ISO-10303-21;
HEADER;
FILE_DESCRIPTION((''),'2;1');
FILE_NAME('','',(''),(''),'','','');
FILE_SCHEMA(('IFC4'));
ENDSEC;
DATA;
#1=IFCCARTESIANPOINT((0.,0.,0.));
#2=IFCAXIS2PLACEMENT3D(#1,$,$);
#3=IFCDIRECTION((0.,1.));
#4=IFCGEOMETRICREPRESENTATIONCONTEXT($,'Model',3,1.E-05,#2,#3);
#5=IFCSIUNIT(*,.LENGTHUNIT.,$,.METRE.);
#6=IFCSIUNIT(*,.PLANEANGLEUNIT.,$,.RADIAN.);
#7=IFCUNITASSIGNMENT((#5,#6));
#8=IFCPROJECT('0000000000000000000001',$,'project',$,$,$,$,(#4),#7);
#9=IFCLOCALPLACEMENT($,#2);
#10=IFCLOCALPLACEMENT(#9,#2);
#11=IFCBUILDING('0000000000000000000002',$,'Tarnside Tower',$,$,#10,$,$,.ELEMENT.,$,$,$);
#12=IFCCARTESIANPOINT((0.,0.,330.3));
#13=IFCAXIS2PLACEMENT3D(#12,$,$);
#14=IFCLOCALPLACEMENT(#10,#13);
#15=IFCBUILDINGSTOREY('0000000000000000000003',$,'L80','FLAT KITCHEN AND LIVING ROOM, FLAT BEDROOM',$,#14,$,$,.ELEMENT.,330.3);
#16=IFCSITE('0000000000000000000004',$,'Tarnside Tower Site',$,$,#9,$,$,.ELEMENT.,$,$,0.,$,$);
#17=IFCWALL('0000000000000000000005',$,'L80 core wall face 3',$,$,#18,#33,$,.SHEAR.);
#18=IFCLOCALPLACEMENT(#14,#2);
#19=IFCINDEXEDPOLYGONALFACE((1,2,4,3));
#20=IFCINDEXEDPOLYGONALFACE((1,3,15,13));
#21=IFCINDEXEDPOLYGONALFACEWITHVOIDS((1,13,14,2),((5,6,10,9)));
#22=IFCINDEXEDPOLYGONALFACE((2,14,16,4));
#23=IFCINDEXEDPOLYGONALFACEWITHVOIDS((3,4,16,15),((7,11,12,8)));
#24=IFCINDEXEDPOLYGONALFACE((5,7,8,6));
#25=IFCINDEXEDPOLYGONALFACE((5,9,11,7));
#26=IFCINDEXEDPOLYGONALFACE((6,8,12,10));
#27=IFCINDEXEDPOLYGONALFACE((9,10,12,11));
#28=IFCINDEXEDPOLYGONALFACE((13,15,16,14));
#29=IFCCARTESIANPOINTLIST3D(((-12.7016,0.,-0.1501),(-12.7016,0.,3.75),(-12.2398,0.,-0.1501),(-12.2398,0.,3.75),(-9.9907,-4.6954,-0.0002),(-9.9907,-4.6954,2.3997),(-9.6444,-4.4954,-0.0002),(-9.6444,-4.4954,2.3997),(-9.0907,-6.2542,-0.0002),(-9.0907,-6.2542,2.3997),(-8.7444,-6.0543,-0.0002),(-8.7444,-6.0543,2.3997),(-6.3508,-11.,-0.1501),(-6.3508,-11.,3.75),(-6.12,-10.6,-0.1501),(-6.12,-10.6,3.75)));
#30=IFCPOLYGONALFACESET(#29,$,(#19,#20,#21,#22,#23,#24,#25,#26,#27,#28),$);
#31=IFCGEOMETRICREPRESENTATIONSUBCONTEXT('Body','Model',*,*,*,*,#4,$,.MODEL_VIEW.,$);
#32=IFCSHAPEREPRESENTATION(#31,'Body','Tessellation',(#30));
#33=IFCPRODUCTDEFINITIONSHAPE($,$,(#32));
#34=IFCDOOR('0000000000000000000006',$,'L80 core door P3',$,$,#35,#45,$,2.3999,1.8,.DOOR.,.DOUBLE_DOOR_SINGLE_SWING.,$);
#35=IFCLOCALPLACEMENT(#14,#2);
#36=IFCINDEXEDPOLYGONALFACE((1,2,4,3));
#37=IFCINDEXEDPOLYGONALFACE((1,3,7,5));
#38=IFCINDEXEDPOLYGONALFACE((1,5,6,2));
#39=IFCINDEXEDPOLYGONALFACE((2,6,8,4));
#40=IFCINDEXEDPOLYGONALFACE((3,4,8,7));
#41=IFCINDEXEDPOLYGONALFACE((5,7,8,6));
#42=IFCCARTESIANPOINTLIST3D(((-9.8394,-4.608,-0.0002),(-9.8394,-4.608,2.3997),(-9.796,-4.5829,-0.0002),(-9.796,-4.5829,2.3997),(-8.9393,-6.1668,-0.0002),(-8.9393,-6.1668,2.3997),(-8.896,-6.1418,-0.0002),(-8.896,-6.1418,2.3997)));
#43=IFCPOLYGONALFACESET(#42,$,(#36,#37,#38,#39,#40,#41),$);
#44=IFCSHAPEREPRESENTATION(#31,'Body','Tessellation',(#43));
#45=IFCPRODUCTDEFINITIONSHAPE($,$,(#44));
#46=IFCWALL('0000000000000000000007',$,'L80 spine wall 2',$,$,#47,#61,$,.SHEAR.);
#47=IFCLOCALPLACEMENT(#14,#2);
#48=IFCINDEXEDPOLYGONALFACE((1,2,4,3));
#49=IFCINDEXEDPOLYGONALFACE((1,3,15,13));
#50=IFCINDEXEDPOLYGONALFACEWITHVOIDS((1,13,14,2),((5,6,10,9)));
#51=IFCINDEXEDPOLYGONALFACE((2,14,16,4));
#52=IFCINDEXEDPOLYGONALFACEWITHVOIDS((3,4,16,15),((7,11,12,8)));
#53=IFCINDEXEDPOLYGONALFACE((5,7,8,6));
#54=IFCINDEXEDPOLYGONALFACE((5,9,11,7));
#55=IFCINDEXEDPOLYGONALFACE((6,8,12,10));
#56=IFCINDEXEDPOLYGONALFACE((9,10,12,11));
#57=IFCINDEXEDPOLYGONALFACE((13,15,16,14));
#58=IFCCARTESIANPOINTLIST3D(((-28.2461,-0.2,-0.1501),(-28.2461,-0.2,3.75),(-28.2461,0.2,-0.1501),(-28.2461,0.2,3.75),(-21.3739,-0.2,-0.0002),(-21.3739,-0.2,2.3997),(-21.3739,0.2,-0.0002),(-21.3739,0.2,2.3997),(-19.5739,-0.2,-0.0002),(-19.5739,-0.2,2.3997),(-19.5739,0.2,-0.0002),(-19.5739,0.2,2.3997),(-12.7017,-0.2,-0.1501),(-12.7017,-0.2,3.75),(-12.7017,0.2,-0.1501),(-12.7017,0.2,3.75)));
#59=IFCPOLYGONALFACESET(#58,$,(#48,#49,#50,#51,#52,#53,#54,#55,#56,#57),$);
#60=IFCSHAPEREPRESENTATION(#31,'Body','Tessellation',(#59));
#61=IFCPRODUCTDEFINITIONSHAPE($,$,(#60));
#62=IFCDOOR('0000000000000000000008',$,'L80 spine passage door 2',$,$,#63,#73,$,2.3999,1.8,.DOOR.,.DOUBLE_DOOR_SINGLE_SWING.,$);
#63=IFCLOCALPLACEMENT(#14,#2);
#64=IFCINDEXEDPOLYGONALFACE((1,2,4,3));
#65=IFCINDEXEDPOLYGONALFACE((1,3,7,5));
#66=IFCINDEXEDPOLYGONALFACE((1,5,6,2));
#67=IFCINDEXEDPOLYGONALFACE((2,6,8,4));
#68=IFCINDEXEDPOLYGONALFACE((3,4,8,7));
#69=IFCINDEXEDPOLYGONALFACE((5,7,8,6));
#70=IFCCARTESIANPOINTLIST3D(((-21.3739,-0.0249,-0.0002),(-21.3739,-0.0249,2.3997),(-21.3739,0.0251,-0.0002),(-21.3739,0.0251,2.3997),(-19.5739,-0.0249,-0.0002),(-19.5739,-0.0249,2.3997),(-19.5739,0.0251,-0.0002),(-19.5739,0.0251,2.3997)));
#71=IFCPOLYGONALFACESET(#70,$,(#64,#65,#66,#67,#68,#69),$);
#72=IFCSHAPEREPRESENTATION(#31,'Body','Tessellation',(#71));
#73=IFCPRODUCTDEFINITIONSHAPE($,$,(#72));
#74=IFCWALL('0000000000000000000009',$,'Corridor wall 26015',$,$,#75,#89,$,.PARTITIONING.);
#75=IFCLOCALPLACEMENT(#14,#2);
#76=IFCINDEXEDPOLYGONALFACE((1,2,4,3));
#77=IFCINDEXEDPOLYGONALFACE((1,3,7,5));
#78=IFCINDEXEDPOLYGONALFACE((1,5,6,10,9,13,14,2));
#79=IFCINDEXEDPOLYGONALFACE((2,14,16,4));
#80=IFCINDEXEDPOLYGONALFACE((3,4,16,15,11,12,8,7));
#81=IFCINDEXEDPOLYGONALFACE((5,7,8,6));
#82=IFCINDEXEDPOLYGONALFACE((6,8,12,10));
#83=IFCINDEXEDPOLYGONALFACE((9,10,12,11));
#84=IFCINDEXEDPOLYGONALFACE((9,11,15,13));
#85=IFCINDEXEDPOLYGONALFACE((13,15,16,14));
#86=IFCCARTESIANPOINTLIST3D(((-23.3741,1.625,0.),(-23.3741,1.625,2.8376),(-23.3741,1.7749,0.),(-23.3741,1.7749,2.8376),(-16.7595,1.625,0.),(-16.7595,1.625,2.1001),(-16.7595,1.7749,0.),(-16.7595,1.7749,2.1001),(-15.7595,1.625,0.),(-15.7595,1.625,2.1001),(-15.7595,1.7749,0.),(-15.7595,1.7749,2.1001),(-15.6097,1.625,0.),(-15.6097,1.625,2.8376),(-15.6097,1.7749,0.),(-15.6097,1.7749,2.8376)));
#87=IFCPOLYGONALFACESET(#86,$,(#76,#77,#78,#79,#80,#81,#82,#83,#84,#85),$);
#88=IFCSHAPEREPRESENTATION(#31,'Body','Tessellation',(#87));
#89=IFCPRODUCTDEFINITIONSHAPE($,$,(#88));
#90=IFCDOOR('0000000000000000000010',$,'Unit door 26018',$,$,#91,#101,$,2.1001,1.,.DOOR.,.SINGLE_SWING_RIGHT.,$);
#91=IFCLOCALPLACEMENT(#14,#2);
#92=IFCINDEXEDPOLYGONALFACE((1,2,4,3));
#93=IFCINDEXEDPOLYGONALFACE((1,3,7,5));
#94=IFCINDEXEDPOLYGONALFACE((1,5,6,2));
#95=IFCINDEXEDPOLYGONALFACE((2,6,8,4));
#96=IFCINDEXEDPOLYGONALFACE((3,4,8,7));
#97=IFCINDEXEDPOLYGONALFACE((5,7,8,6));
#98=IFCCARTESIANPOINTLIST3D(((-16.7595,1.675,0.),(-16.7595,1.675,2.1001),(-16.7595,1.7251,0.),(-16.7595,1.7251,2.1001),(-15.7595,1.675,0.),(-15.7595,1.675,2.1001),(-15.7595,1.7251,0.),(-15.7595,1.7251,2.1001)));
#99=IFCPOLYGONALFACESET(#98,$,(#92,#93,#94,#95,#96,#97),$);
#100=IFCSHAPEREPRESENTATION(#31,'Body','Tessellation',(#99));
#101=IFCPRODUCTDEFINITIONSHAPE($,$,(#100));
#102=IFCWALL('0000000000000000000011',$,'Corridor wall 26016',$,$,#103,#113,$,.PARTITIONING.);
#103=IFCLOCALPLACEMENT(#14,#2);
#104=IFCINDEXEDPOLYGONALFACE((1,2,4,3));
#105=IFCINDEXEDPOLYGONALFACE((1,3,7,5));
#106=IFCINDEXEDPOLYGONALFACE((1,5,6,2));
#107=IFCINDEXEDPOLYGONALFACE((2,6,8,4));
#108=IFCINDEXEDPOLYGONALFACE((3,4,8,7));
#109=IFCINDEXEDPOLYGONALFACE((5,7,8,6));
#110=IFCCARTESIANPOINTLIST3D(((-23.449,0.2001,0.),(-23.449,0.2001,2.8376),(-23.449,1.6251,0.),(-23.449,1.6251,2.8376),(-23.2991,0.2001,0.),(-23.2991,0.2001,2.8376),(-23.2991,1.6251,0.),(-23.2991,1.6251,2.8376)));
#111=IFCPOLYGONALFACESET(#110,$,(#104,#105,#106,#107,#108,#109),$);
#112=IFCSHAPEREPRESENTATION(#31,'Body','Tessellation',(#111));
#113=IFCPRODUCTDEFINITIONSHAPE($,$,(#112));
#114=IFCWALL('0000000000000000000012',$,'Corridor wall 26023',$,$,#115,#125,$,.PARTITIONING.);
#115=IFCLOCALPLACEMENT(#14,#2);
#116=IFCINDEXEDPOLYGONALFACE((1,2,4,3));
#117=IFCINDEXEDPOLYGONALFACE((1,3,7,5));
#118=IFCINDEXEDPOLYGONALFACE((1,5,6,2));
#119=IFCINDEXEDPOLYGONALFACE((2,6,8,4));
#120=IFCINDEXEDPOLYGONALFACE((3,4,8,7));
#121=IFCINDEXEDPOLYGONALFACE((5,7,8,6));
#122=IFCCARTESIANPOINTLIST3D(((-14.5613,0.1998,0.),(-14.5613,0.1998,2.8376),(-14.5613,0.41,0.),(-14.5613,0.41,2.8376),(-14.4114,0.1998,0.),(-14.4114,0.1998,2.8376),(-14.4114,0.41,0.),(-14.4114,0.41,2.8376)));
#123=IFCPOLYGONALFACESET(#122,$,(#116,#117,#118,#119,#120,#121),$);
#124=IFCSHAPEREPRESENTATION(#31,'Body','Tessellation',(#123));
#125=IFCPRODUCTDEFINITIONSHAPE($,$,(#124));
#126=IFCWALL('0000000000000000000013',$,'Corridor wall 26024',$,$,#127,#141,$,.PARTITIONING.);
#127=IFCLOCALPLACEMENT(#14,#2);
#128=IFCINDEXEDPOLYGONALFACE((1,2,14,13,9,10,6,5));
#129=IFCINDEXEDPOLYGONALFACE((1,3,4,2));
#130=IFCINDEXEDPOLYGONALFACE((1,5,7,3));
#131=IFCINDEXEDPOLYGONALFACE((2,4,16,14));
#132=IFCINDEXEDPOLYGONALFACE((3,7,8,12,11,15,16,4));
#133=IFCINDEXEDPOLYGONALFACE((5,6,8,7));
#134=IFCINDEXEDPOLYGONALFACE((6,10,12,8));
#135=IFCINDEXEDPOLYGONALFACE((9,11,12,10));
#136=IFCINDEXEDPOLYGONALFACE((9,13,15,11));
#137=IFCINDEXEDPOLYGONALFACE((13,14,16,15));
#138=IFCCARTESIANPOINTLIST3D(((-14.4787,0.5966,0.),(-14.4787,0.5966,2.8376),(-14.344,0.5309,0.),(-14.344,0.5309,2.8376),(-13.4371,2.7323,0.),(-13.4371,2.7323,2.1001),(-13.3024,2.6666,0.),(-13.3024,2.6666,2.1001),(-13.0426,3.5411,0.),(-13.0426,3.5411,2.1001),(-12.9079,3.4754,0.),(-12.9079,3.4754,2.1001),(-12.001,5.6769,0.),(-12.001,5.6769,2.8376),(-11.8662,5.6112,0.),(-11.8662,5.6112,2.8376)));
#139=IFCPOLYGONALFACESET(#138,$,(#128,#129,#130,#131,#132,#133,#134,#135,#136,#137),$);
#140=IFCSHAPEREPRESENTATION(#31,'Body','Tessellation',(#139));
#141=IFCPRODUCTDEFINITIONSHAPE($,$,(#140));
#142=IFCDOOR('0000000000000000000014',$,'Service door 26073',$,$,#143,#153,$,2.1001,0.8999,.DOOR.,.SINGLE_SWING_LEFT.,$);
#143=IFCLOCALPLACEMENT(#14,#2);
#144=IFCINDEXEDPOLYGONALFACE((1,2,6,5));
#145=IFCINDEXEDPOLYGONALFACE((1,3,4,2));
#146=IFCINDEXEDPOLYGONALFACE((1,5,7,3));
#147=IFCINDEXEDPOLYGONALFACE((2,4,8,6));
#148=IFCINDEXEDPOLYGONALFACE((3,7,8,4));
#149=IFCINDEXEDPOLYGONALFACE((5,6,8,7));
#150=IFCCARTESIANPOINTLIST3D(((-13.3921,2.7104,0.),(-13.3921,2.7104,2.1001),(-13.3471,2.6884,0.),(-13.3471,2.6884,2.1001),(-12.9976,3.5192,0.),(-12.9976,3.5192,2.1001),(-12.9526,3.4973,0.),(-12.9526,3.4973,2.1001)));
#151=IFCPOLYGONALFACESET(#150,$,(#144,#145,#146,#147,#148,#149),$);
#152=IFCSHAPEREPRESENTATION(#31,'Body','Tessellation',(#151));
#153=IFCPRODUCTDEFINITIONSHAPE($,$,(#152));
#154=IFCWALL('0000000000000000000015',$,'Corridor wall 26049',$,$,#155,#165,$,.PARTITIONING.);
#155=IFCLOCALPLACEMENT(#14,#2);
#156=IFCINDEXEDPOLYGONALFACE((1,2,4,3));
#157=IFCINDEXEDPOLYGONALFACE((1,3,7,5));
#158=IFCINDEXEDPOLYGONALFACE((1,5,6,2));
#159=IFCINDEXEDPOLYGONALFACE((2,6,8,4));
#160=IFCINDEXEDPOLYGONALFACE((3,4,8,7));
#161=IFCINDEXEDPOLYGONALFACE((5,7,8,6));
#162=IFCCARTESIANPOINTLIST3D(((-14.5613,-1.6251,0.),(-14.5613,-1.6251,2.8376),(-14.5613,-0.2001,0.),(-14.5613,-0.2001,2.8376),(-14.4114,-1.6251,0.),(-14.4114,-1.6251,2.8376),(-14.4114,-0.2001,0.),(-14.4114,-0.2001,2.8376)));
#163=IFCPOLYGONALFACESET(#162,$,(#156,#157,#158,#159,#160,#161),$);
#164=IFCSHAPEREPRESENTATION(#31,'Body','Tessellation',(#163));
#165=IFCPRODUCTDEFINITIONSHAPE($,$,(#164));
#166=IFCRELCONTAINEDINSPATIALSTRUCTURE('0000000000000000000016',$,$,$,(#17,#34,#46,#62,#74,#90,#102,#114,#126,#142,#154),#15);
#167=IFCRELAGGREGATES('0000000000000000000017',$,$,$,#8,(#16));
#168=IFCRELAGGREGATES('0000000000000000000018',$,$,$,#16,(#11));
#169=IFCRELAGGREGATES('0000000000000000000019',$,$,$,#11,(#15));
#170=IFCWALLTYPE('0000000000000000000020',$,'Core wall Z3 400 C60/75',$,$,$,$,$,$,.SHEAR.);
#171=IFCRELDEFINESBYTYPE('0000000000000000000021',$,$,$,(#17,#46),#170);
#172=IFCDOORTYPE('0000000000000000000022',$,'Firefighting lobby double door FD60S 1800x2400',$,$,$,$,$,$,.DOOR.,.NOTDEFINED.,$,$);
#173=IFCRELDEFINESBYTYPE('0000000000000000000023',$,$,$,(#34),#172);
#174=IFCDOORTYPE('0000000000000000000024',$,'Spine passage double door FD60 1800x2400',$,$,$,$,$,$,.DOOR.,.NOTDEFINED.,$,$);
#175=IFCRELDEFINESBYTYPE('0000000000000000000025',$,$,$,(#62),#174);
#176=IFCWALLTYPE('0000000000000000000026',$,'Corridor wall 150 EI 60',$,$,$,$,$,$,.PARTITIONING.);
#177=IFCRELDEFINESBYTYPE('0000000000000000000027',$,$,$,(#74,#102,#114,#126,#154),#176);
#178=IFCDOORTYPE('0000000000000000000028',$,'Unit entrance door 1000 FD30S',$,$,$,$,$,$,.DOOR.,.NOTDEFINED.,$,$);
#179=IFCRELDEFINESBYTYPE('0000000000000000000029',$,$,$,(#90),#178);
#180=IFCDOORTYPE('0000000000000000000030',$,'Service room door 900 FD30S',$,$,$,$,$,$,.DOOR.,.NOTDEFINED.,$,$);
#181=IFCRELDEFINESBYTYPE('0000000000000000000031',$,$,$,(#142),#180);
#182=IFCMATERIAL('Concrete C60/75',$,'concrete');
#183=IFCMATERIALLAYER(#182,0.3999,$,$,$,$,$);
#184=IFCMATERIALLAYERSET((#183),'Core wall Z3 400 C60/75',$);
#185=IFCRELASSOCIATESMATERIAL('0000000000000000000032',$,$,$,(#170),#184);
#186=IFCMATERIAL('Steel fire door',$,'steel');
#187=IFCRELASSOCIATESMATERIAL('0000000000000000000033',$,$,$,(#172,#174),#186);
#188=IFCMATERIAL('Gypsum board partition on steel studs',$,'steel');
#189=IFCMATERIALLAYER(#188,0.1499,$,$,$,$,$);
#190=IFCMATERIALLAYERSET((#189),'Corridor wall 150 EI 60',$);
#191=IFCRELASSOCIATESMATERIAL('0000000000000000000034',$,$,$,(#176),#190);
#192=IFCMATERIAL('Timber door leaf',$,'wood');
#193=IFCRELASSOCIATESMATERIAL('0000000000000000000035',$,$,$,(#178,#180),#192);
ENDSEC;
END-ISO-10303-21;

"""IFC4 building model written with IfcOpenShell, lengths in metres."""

from ifc_helpers import new_model, si_unit, direction, frame, frame_2d, origin, place, context, subcontext, project, spatial, polyline, rectangle, outline, extrude, material, layer, layer_set, type_object, element, fill, save


model = new_model("IFC4")

# Units and contexts
model_context = context("Model", 3, precision=1e-05, world=origin(), true_north=direction((0.0, 1.0)))
body_context = subcontext(model_context, "Body", "Model", "MODEL_VIEW")
ifc_project = project(units=[si_unit("LENGTHUNIT", "METRE"), si_unit("PLANEANGLEUNIT", "RADIAN")], contexts=[model_context])

# Site, building, storey
site_placement = place(None, origin())
site = spatial("IfcSite", under=ifc_project, at=site_placement, Name="Tarnside Tower Site", CompositionType="ELEMENT", RefElevation=0.0)
building_placement = place(site_placement, origin())
building = spatial("IfcBuilding", under=site, at=building_placement, Name="Tarnside Tower", CompositionType="ELEMENT")
storey_placement = place(building_placement, frame((0.0, 0.0, 330.3)))
storey = spatial("IfcBuildingStorey", under=building, at=storey_placement, Name="L80", Description="FLAT KITCHEN AND LIVING ROOM, FLAT BEDROOM", CompositionType="ELEMENT", Elevation=330.3)

# Walls, openings, doors
ifc_material_1 = material(Name="Concrete C60/75", Category="concrete")
ifc_layer_1 = layer(ifc_material_1, 0.3999)
ifc_layer_set_1 = layer_set([ifc_layer_1], Name="Core wall Z3 400 C60/75")
wall_type_1 = type_object("IfcWallType", Name="Core wall Z3 400 C60/75", PredefinedType="SHEAR", material=ifc_layer_set_1)
wall_1_placement = place(storey_placement, frame((-12.4707, 0.0, -0.1501), z_axis=(0.0, 0.0, 1.0), x_axis=(0.499996, -0.866027, 0.0)))
wall_1 = element("IfcWall", 1, at=wall_1_placement, inside=storey, type_object=wall_type_1, Name="L80 core wall face 3", PredefinedType="SHEAR", context=body_context, shape_type="SweptSolid", body=[
    extrude(outline(polyline([(-0.1155, -0.2), (12.5862, -0.2), (12.3552, 0.2), (0.1155, 0.2), (-0.1155, -0.2)])), origin(), (0.0, 0.0, 1.0), 3.9001),
])
opening_1_placement = place(wall_1_placement, frame((5.3064, 0.0, 0.1499)))
opening_1 = element("IfcOpeningElement", 2, at=opening_1_placement, cuts=wall_1, PredefinedType="OPENING", context=body_context, shape_type="SweptSolid", body=[
    extrude(rectangle(XDim=1.8, YDim=2.3999, at=frame_2d((0.8999, 1.2))), frame((0.0, 0.21, 0.0), z_axis=(0.0, -1.0, 0.0), x_axis=(1.0, 0.0, 0.0)), (0.0, 0.0, 1.0), 0.4199),
])
ifc_material_2 = material(Name="Steel fire door", Category="steel")
door_type_1 = type_object("IfcDoorType", Name="Firefighting lobby double door FD60S 1800x2400", OperationType="NOTDEFINED", PredefinedType="DOOR", material=ifc_material_2)
door_1_placement = place(opening_1_placement, origin())
door_1 = element("IfcDoor", 3, at=door_1_placement, inside=storey, type_object=door_type_1, Name="L80 core door P3", OperationType="DOUBLE_DOOR_SINGLE_SWING", OverallHeight=2.3999, OverallWidth=1.8, PredefinedType="DOOR", context=body_context, shape_type="SweptSolid", body=[
    extrude(rectangle(XDim=1.8, YDim=2.3999, at=frame_2d((0.8999, 1.2))), frame((0.0, 0.0249, 0.0), z_axis=(0.0, -1.0, 0.0), x_axis=(1.0, 0.0, 0.0)), (0.0, 0.0, 1.0), 0.05),
])
fill(opening_1, door_1)
wall_2_placement = place(storey_placement, frame((-12.7017, 0.0, -0.1501), z_axis=(0.0, 0.0, 1.0), x_axis=(-1.0, 0.0, 0.0)))
wall_2 = element("IfcWall", 4, at=wall_2_placement, inside=storey, type_object=wall_type_1, Name="L80 spine wall 2", PredefinedType="SHEAR", context=body_context, shape_type="SweptSolid", body=[
    extrude(rectangle(XDim=15.5444, YDim=0.3999, at=frame_2d((7.7722, 0.0))), origin(), (0.0, 0.0, 1.0), 3.9001),
])
opening_2_placement = place(wall_2_placement, frame((6.8723, 0.0, 0.1499)))
opening_2 = element("IfcOpeningElement", 5, at=opening_2_placement, cuts=wall_2, PredefinedType="OPENING", context=body_context, shape_type="SweptSolid", body=[
    extrude(rectangle(XDim=1.8, YDim=2.3999, at=frame_2d((0.8999, 1.2))), frame((0.0, 0.21, 0.0), z_axis=(0.0, -1.0, 0.0), x_axis=(1.0, 0.0, 0.0)), (0.0, 0.0, 1.0), 0.4199),
])
door_type_2 = type_object("IfcDoorType", Name="Spine passage double door FD60 1800x2400", OperationType="NOTDEFINED", PredefinedType="DOOR", material=ifc_material_2)
door_2_placement = place(opening_2_placement, origin())
door_2 = element("IfcDoor", 6, at=door_2_placement, inside=storey, type_object=door_type_2, Name="L80 spine passage door 2", OperationType="DOUBLE_DOOR_SINGLE_SWING", OverallHeight=2.3999, OverallWidth=1.8, PredefinedType="DOOR", context=body_context, shape_type="SweptSolid", body=[
    extrude(rectangle(XDim=1.8, YDim=2.3999, at=frame_2d((0.8999, 1.2))), frame((0.0, 0.0249, 0.0), z_axis=(0.0, -1.0, 0.0), x_axis=(1.0, 0.0, 0.0)), (0.0, 0.0, 1.0), 0.05),
])
fill(opening_2, door_2)
ifc_material_3 = material(Name="Gypsum board partition on steel studs", Category="steel")
ifc_layer_2 = layer(ifc_material_3, 0.1499)
ifc_layer_set_2 = layer_set([ifc_layer_2], Name="Corridor wall 150 EI 60")
wall_type_2 = type_object("IfcWallType", Name="Corridor wall 150 EI 60", PredefinedType="PARTITIONING", material=ifc_layer_set_2)
wall_3_placement = place(storey_placement, frame((-15.6096, 1.7, 0.0), z_axis=(0.0, 0.0, 1.0), x_axis=(-1.0, 0.0, 0.0)))
wall_3 = element("IfcWall", 7, at=wall_3_placement, inside=storey, type_object=wall_type_2, Name="Corridor wall 26015", PredefinedType="PARTITIONING", context=body_context, shape_type="SweptSolid", body=[
    extrude(rectangle(XDim=7.7644, YDim=0.1499, at=frame_2d((3.8823, 0.0))), origin(), (0.0, 0.0, 1.0), 2.8376),
])
opening_3_placement = place(wall_3_placement, frame((0.1499, 0.0, 0.0)))
opening_3 = element("IfcOpeningElement", 8, at=opening_3_placement, cuts=wall_3, PredefinedType="OPENING", context=body_context, shape_type="SweptSolid", body=[
    extrude(rectangle(XDim=1.0, YDim=2.1001, at=frame_2d((0.5, 1.05))), frame((0.0, 0.085, 0.0), z_axis=(0.0, -1.0, 0.0), x_axis=(1.0, 0.0, 0.0)), (0.0, 0.0, 1.0), 0.1699),
])
ifc_material_4 = material(Name="Timber door leaf", Category="wood")
door_type_3 = type_object("IfcDoorType", Name="Unit entrance door 1000 FD30S", OperationType="NOTDEFINED", PredefinedType="DOOR", material=ifc_material_4)
door_3_placement = place(opening_3_placement, origin())
door_3 = element("IfcDoor", 9, at=door_3_placement, inside=storey, type_object=door_type_3, Name="Unit door 26018", OperationType="SINGLE_SWING_RIGHT", OverallHeight=2.1001, OverallWidth=1.0, PredefinedType="DOOR", context=body_context, shape_type="SweptSolid", body=[
    extrude(rectangle(XDim=1.0, YDim=2.1001, at=frame_2d((0.5, 1.05))), frame((0.0, 0.0249, 0.0), z_axis=(0.0, -1.0, 0.0), x_axis=(1.0, 0.0, 0.0)), (0.0, 0.0, 1.0), 0.05),
])
fill(opening_3, door_3)

# Walls
wall_4_placement = place(storey_placement, frame((-23.374, 1.625, 0.0), z_axis=(0.0, 0.0, 1.0), x_axis=(0.0, -1.0, 0.0)))
element("IfcWall", 10, at=wall_4_placement, inside=storey, type_object=wall_type_2, Name="Corridor wall 26016", PredefinedType="PARTITIONING", context=body_context, shape_type="SweptSolid", body=[
    extrude(rectangle(XDim=1.425, YDim=0.1499, at=frame_2d((0.7124, 0.0))), origin(), (0.0, 0.0, 1.0), 2.8376),
])
wall_5_placement = place(storey_placement, frame((-14.4863, 0.2, 0.0), z_axis=(0.0, 0.0, 1.0), x_axis=(0.0, 1.0, 0.0)))
element("IfcWall", 11, at=wall_5_placement, inside=storey, type_object=wall_type_2, Name="Corridor wall 26023", PredefinedType="PARTITIONING", context=body_context, shape_type="SweptSolid", body=[
    extrude(rectangle(XDim=0.2102, YDim=0.1499, at=frame_2d((0.105, 0.0))), origin(), (0.0, 0.0, 1.0), 2.8376),
])

# Wall, opening, door
wall_6_placement = place(storey_placement, frame((-14.4114, 0.5637, 0.0), z_axis=(0.0, 0.0, 1.0), x_axis=(0.438363, 0.898798, 0.0)))
wall_6 = element("IfcWall", 12, at=wall_6_placement, inside=storey, type_object=wall_type_2, Name="Corridor wall 26024", PredefinedType="PARTITIONING", context=body_context, shape_type="SweptSolid", body=[
    extrude(rectangle(XDim=5.6523, YDim=0.1499, at=frame_2d((2.8262, 0.0))), origin(), (0.0, 0.0, 1.0), 2.8376),
])
opening_4_placement = place(wall_6_placement, frame((2.3762, 0.0, 0.0)))
opening_4 = element("IfcOpeningElement", 13, at=opening_4_placement, cuts=wall_6, PredefinedType="OPENING", context=body_context, shape_type="SweptSolid", body=[
    extrude(rectangle(XDim=0.8999, YDim=2.1001, at=frame_2d((0.45, 1.05))), frame((0.0, 0.085, 0.0), z_axis=(0.0, -1.0, 0.0), x_axis=(1.0, 0.0, 0.0)), (0.0, 0.0, 1.0), 0.1699),
])
door_type_4 = type_object("IfcDoorType", Name="Service room door 900 FD30S", OperationType="NOTDEFINED", PredefinedType="DOOR", material=ifc_material_4)
door_4_placement = place(opening_4_placement, origin())
door_4 = element("IfcDoor", 14, at=door_4_placement, inside=storey, type_object=door_type_4, Name="Service door 26073", OperationType="SINGLE_SWING_LEFT", OverallHeight=2.1001, OverallWidth=0.8999, PredefinedType="DOOR", context=body_context, shape_type="SweptSolid", body=[
    extrude(rectangle(XDim=0.8999, YDim=2.1001, at=frame_2d((0.45, 1.05))), frame((0.0, 0.0249, 0.0), z_axis=(0.0, -1.0, 0.0), x_axis=(1.0, 0.0, 0.0)), (0.0, 0.0, 1.0), 0.05),
])
fill(opening_4, door_4)

# Wall
wall_7_placement = place(storey_placement, frame((-14.4863, -1.625, 0.0), z_axis=(0.0, 0.0, 1.0), x_axis=(0.0, 1.0, 0.0)))
element("IfcWall", 15, at=wall_7_placement, inside=storey, type_object=wall_type_2, Name="Corridor wall 26049", PredefinedType="PARTITIONING", context=body_context, shape_type="SweptSolid", body=[
    extrude(rectangle(XDim=1.425, YDim=0.1499, at=frame_2d((0.7124, 0.0))), origin(), (0.0, 0.0, 1.0), 2.8376),
])

save(model, "model.ifc")
